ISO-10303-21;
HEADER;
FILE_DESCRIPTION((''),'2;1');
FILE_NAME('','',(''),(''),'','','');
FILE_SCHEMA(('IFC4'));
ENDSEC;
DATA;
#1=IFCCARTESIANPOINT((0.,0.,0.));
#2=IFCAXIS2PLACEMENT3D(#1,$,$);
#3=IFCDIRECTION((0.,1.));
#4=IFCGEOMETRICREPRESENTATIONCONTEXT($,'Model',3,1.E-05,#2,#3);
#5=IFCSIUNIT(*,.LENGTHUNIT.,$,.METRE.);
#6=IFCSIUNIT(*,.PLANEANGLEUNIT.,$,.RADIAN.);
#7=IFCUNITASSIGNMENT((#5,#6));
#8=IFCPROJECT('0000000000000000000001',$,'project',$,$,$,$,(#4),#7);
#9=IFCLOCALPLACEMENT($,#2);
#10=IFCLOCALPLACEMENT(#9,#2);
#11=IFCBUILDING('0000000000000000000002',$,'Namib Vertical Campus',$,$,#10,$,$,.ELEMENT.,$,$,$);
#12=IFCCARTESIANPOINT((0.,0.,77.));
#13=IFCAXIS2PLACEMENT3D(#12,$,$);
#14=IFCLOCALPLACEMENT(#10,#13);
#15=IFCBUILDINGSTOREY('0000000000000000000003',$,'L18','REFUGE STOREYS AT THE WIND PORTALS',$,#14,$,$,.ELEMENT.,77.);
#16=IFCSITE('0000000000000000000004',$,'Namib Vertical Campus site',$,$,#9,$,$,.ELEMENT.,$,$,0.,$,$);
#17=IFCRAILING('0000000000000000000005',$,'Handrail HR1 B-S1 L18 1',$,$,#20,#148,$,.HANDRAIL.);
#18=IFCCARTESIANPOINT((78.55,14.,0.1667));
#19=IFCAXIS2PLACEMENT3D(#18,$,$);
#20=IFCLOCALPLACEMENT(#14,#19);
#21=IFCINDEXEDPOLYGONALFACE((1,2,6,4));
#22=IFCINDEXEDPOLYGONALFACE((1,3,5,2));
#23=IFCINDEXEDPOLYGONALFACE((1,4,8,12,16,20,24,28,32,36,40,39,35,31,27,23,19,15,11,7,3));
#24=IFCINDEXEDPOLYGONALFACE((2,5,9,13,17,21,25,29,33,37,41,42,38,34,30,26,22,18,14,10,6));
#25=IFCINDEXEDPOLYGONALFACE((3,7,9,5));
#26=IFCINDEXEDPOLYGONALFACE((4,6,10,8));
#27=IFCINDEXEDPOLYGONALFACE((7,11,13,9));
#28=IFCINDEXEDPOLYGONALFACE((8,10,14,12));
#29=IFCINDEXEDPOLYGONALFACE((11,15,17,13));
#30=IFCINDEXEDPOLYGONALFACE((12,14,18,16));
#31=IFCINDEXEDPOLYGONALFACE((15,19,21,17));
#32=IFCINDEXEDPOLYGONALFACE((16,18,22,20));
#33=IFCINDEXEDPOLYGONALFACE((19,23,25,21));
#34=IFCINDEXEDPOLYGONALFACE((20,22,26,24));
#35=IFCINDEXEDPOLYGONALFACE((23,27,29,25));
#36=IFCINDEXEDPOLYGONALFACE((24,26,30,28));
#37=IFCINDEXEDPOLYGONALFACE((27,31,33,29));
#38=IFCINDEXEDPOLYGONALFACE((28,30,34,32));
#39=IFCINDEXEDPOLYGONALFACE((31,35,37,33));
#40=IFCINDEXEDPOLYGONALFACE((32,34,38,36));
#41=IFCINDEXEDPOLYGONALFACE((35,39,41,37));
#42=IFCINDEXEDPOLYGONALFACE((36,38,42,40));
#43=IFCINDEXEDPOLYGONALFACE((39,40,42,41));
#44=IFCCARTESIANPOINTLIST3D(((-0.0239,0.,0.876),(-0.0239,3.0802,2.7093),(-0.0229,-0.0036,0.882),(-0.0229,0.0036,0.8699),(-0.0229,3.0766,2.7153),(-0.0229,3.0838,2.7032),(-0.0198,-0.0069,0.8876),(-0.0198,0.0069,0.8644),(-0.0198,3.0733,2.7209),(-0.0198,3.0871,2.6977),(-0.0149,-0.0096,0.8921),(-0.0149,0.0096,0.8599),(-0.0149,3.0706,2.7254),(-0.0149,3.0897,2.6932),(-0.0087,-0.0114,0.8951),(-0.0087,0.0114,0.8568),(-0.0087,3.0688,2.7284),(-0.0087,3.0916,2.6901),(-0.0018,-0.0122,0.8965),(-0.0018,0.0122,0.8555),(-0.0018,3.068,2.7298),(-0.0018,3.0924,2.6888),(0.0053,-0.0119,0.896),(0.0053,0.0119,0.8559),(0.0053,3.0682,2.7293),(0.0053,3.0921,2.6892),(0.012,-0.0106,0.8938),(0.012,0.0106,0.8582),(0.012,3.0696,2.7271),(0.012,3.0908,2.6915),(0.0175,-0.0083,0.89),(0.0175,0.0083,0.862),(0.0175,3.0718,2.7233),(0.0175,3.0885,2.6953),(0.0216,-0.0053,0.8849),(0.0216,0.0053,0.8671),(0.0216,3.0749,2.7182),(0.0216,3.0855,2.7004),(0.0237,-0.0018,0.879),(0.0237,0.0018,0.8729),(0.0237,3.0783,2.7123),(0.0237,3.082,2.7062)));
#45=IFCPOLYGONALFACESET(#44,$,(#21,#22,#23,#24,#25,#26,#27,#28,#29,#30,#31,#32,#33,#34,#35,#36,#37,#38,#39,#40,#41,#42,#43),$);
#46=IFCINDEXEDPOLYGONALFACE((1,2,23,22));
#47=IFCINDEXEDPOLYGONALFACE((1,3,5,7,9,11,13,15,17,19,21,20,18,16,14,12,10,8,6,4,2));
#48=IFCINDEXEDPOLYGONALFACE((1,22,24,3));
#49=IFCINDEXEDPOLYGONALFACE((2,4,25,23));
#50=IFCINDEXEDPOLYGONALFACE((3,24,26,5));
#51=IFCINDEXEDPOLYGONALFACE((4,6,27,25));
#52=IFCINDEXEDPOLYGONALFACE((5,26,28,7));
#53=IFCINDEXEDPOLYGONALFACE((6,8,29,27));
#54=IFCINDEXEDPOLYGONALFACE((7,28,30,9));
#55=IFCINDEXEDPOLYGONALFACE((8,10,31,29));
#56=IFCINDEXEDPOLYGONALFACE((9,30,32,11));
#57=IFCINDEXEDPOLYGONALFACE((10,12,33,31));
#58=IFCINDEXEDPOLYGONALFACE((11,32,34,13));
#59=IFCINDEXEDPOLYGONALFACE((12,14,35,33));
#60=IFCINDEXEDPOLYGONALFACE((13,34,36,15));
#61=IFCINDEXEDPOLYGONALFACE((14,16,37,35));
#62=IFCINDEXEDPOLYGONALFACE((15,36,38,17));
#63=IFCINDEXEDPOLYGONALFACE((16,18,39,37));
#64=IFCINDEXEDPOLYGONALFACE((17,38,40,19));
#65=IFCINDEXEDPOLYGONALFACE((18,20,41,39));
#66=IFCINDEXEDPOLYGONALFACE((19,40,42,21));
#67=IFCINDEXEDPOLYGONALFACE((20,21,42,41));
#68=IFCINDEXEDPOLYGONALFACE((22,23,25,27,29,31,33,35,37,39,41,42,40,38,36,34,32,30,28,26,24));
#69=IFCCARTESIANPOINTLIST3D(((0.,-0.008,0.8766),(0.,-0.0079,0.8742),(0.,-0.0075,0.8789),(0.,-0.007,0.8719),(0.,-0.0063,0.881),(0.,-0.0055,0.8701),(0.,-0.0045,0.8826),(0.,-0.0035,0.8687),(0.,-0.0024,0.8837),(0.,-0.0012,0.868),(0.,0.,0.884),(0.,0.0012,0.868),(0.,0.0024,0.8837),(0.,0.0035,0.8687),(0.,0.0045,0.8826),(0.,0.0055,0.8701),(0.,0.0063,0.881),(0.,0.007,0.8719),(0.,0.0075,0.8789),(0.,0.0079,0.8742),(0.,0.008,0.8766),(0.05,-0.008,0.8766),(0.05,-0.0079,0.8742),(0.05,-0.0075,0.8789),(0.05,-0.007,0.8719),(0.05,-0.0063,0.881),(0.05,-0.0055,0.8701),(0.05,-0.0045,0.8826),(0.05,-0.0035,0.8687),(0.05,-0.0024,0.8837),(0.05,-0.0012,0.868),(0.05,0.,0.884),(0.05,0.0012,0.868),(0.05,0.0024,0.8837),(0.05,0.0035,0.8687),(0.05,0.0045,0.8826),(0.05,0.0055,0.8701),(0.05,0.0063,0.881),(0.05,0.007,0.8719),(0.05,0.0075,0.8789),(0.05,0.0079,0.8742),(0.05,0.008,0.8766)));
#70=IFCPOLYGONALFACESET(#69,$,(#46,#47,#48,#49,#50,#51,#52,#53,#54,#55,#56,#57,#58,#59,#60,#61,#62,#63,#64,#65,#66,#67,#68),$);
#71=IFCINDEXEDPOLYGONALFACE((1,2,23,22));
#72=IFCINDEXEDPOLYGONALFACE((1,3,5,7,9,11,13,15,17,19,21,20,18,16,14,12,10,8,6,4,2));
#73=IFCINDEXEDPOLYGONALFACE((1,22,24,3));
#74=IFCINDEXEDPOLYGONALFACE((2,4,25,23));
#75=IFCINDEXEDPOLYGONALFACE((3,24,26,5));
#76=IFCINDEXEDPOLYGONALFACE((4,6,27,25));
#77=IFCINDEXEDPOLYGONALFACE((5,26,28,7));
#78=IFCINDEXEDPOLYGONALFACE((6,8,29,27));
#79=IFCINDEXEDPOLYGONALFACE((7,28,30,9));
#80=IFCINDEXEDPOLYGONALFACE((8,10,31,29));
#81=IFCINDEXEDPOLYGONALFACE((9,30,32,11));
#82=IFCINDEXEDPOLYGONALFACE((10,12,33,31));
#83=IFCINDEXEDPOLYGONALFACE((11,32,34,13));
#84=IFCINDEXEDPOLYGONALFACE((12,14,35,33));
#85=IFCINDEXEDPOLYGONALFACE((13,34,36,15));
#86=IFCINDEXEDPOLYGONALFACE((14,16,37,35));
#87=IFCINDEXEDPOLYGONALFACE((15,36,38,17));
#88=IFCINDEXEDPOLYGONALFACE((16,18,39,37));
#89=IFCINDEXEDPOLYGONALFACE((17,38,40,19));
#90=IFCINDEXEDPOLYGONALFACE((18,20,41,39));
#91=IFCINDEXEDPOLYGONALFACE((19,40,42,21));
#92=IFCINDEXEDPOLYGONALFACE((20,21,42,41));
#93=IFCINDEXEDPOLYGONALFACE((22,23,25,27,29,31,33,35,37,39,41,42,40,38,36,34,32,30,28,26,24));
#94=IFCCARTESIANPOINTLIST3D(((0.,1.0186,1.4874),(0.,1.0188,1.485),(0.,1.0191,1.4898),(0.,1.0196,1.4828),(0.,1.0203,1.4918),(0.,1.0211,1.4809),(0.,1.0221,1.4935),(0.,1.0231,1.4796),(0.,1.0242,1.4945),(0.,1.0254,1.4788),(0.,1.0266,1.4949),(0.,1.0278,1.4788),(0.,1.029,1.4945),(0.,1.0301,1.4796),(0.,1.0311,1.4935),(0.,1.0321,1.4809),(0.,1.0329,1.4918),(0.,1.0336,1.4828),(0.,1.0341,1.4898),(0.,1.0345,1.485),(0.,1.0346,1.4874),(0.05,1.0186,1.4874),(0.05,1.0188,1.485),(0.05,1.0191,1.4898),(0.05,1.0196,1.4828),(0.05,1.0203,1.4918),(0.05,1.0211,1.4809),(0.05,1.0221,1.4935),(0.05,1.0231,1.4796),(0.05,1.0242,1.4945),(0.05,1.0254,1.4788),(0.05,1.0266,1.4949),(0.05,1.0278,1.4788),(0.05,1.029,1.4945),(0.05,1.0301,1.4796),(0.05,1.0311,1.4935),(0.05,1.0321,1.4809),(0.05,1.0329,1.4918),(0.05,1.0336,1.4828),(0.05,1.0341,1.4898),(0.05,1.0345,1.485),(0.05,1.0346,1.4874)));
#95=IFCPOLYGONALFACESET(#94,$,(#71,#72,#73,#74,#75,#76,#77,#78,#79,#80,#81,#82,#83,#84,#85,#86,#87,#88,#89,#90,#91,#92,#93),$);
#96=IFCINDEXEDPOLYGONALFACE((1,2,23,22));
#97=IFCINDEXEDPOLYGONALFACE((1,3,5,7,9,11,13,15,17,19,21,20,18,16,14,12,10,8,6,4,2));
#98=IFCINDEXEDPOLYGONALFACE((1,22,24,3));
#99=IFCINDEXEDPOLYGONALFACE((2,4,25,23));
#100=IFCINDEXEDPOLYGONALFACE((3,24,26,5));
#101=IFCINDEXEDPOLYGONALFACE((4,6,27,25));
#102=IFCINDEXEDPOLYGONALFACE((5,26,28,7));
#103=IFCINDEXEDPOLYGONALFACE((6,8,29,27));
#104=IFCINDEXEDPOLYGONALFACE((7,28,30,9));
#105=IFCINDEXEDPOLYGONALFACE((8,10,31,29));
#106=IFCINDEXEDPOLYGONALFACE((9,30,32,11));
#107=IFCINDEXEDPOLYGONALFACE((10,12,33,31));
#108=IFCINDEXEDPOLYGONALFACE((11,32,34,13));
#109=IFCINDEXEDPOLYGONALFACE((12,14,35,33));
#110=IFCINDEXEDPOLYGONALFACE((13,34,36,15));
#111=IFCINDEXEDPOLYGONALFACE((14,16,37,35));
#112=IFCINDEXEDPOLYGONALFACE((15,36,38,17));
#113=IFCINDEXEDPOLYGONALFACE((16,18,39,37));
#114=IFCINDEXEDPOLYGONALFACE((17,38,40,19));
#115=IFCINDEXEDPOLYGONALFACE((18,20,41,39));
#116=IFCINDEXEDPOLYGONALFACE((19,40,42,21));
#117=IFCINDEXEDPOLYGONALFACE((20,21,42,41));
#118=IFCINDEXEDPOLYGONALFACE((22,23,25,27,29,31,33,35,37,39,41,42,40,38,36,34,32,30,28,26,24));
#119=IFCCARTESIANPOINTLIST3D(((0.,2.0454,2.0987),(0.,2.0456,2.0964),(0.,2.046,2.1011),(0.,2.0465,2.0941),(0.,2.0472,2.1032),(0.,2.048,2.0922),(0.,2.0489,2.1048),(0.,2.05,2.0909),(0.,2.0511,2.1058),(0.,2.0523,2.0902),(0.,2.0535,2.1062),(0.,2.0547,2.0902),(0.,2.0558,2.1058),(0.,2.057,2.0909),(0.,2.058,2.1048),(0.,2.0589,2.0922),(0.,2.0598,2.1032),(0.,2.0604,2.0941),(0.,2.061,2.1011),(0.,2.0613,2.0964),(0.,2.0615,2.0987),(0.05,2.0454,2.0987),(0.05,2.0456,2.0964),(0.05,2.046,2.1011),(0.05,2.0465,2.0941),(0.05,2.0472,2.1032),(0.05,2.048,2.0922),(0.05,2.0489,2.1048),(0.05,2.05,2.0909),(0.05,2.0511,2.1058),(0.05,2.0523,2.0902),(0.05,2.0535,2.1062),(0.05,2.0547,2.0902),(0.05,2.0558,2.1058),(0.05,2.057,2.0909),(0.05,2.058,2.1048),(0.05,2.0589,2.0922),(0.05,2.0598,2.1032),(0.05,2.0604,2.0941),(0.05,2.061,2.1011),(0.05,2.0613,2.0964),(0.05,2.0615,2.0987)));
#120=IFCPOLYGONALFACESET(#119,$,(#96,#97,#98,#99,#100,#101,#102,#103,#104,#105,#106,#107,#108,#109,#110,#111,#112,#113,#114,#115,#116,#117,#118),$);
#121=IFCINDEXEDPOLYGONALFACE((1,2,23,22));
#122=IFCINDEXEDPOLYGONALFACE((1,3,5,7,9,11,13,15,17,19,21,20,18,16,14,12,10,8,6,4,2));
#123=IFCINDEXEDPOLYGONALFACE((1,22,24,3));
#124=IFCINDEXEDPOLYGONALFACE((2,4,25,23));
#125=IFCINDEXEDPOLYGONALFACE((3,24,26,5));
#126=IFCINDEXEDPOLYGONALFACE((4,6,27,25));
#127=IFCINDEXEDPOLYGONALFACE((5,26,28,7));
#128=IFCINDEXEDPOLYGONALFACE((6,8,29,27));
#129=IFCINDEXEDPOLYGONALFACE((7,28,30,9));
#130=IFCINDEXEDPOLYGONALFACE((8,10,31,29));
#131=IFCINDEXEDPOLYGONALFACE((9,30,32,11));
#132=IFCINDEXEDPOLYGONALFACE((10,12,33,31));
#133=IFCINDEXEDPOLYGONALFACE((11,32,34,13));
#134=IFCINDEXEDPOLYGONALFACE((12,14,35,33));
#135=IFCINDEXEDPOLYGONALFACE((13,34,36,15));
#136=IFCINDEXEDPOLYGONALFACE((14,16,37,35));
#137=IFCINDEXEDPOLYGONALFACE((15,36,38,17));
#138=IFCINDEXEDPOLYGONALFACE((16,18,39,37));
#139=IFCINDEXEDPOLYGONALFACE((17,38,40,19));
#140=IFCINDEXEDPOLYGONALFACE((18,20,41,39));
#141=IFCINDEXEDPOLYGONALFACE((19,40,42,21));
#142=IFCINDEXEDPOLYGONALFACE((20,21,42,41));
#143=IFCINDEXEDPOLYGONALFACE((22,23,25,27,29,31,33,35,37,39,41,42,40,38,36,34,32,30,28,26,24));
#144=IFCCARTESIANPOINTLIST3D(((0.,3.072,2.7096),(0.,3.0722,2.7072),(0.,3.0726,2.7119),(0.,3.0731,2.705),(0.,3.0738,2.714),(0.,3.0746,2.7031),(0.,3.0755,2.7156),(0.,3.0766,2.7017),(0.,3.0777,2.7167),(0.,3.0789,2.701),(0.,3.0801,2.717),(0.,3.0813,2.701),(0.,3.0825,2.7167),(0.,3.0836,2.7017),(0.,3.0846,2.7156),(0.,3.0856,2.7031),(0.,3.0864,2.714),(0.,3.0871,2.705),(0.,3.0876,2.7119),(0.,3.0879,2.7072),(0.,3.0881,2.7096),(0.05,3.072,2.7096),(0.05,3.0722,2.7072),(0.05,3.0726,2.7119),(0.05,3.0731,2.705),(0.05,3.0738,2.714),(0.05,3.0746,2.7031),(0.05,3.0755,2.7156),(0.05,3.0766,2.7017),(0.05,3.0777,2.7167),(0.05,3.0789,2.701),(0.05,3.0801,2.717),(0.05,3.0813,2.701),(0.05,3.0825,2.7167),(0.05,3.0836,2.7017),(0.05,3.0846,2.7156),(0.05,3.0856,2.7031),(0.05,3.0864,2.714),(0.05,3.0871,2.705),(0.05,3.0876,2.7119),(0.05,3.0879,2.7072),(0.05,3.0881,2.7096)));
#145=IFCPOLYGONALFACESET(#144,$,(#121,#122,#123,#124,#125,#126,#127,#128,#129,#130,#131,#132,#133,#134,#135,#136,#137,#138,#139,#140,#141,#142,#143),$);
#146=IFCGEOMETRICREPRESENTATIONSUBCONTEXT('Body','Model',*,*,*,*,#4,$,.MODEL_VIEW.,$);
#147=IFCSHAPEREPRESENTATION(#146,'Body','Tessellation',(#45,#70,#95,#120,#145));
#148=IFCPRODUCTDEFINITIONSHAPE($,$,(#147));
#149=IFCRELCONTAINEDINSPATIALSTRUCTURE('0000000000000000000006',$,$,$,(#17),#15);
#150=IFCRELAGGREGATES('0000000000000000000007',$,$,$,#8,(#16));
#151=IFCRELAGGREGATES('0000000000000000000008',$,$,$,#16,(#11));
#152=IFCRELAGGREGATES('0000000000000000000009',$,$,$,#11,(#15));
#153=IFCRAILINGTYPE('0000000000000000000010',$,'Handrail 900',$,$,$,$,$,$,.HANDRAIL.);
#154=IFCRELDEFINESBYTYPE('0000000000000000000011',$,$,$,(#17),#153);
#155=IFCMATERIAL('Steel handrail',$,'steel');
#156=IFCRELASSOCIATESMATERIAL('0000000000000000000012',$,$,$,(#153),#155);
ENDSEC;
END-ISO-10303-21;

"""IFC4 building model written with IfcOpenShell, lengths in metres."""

from ifc_helpers import new_model, si_unit, direction, frame, origin, origin_2d, place, context, subcontext, project, spatial, circle, extrude, material, type_object, element, save


model = new_model("IFC4")

# Units and contexts
model_context = context("Model", 3, precision=1e-05, world=origin(), true_north=direction((0.0, 1.0)))
body_context = subcontext(model_context, "Body", "Model", "MODEL_VIEW")
ifc_project = project(units=[si_unit("LENGTHUNIT", "METRE"), si_unit("PLANEANGLEUNIT", "RADIAN")], contexts=[model_context])

# Site, building, storey
site_placement = place(None, origin())
site = spatial("IfcSite", under=ifc_project, at=site_placement, Name="Namib Vertical Campus site", CompositionType="ELEMENT", RefElevation=0.0)
building_placement = place(site_placement, origin())
building = spatial("IfcBuilding", under=site, at=building_placement, Name="Namib Vertical Campus", CompositionType="ELEMENT")
storey_placement = place(building_placement, frame((0.0, 0.0, 77.0)))
storey = spatial("IfcBuildingStorey", under=building, at=storey_placement, Name="L18", Description="REFUGE STOREYS AT THE WIND PORTALS", CompositionType="ELEMENT", Elevation=77.0)

# Railing
ifc_material_1 = material(Name="Steel handrail", Category="steel")
railing_type_1 = type_object("IfcRailingType", Name="Handrail 900", PredefinedType="HANDRAIL", material=ifc_material_1)
railing_1_placement = place(storey_placement, frame((78.55, 14.0, 0.1667)))
element("IfcRailing", 1, at=railing_1_placement, inside=storey, type_object=railing_type_1, Name="Handrail HR1 B-S1 L18 1", PredefinedType="HANDRAIL", context=body_context, shape_type="SweptSolid", body=[
    extrude(circle(Radius=0.0239, at=origin_2d()), frame((0.0, 0.0, 0.876), z_axis=(0.0, 0.859309, 0.511458), x_axis=(-1.0, 0.0, 0.0)), (0.0, 0.0, 1.0), 3.5845),
    extrude(circle(Radius=0.0081, at=origin_2d()), frame((0.0, 0.0, 0.876), z_axis=(1.0, 0.0, 0.0), x_axis=(0.0, 0.0, 1.0)), (0.0, 0.0, 1.0), 0.05),
    extrude(circle(Radius=0.0081, at=origin_2d()), frame((0.0, 1.0266, 1.4868), z_axis=(1.0, 0.0, 0.0), x_axis=(0.0, 0.0, 1.0)), (0.0, 0.0, 1.0), 0.05),
    extrude(circle(Radius=0.0081, at=origin_2d()), frame((0.0, 2.0535, 2.0981), z_axis=(1.0, 0.0, 0.0), x_axis=(0.0, 0.0, 1.0)), (0.0, 0.0, 1.0), 0.05),
    extrude(circle(Radius=0.0081, at=origin_2d()), frame((0.0, 3.0801, 2.709), z_axis=(1.0, 0.0, 0.0), x_axis=(0.0, 0.0, 1.0)), (0.0, 0.0, 1.0), 0.05),
])

save(model, "model.ifc")
